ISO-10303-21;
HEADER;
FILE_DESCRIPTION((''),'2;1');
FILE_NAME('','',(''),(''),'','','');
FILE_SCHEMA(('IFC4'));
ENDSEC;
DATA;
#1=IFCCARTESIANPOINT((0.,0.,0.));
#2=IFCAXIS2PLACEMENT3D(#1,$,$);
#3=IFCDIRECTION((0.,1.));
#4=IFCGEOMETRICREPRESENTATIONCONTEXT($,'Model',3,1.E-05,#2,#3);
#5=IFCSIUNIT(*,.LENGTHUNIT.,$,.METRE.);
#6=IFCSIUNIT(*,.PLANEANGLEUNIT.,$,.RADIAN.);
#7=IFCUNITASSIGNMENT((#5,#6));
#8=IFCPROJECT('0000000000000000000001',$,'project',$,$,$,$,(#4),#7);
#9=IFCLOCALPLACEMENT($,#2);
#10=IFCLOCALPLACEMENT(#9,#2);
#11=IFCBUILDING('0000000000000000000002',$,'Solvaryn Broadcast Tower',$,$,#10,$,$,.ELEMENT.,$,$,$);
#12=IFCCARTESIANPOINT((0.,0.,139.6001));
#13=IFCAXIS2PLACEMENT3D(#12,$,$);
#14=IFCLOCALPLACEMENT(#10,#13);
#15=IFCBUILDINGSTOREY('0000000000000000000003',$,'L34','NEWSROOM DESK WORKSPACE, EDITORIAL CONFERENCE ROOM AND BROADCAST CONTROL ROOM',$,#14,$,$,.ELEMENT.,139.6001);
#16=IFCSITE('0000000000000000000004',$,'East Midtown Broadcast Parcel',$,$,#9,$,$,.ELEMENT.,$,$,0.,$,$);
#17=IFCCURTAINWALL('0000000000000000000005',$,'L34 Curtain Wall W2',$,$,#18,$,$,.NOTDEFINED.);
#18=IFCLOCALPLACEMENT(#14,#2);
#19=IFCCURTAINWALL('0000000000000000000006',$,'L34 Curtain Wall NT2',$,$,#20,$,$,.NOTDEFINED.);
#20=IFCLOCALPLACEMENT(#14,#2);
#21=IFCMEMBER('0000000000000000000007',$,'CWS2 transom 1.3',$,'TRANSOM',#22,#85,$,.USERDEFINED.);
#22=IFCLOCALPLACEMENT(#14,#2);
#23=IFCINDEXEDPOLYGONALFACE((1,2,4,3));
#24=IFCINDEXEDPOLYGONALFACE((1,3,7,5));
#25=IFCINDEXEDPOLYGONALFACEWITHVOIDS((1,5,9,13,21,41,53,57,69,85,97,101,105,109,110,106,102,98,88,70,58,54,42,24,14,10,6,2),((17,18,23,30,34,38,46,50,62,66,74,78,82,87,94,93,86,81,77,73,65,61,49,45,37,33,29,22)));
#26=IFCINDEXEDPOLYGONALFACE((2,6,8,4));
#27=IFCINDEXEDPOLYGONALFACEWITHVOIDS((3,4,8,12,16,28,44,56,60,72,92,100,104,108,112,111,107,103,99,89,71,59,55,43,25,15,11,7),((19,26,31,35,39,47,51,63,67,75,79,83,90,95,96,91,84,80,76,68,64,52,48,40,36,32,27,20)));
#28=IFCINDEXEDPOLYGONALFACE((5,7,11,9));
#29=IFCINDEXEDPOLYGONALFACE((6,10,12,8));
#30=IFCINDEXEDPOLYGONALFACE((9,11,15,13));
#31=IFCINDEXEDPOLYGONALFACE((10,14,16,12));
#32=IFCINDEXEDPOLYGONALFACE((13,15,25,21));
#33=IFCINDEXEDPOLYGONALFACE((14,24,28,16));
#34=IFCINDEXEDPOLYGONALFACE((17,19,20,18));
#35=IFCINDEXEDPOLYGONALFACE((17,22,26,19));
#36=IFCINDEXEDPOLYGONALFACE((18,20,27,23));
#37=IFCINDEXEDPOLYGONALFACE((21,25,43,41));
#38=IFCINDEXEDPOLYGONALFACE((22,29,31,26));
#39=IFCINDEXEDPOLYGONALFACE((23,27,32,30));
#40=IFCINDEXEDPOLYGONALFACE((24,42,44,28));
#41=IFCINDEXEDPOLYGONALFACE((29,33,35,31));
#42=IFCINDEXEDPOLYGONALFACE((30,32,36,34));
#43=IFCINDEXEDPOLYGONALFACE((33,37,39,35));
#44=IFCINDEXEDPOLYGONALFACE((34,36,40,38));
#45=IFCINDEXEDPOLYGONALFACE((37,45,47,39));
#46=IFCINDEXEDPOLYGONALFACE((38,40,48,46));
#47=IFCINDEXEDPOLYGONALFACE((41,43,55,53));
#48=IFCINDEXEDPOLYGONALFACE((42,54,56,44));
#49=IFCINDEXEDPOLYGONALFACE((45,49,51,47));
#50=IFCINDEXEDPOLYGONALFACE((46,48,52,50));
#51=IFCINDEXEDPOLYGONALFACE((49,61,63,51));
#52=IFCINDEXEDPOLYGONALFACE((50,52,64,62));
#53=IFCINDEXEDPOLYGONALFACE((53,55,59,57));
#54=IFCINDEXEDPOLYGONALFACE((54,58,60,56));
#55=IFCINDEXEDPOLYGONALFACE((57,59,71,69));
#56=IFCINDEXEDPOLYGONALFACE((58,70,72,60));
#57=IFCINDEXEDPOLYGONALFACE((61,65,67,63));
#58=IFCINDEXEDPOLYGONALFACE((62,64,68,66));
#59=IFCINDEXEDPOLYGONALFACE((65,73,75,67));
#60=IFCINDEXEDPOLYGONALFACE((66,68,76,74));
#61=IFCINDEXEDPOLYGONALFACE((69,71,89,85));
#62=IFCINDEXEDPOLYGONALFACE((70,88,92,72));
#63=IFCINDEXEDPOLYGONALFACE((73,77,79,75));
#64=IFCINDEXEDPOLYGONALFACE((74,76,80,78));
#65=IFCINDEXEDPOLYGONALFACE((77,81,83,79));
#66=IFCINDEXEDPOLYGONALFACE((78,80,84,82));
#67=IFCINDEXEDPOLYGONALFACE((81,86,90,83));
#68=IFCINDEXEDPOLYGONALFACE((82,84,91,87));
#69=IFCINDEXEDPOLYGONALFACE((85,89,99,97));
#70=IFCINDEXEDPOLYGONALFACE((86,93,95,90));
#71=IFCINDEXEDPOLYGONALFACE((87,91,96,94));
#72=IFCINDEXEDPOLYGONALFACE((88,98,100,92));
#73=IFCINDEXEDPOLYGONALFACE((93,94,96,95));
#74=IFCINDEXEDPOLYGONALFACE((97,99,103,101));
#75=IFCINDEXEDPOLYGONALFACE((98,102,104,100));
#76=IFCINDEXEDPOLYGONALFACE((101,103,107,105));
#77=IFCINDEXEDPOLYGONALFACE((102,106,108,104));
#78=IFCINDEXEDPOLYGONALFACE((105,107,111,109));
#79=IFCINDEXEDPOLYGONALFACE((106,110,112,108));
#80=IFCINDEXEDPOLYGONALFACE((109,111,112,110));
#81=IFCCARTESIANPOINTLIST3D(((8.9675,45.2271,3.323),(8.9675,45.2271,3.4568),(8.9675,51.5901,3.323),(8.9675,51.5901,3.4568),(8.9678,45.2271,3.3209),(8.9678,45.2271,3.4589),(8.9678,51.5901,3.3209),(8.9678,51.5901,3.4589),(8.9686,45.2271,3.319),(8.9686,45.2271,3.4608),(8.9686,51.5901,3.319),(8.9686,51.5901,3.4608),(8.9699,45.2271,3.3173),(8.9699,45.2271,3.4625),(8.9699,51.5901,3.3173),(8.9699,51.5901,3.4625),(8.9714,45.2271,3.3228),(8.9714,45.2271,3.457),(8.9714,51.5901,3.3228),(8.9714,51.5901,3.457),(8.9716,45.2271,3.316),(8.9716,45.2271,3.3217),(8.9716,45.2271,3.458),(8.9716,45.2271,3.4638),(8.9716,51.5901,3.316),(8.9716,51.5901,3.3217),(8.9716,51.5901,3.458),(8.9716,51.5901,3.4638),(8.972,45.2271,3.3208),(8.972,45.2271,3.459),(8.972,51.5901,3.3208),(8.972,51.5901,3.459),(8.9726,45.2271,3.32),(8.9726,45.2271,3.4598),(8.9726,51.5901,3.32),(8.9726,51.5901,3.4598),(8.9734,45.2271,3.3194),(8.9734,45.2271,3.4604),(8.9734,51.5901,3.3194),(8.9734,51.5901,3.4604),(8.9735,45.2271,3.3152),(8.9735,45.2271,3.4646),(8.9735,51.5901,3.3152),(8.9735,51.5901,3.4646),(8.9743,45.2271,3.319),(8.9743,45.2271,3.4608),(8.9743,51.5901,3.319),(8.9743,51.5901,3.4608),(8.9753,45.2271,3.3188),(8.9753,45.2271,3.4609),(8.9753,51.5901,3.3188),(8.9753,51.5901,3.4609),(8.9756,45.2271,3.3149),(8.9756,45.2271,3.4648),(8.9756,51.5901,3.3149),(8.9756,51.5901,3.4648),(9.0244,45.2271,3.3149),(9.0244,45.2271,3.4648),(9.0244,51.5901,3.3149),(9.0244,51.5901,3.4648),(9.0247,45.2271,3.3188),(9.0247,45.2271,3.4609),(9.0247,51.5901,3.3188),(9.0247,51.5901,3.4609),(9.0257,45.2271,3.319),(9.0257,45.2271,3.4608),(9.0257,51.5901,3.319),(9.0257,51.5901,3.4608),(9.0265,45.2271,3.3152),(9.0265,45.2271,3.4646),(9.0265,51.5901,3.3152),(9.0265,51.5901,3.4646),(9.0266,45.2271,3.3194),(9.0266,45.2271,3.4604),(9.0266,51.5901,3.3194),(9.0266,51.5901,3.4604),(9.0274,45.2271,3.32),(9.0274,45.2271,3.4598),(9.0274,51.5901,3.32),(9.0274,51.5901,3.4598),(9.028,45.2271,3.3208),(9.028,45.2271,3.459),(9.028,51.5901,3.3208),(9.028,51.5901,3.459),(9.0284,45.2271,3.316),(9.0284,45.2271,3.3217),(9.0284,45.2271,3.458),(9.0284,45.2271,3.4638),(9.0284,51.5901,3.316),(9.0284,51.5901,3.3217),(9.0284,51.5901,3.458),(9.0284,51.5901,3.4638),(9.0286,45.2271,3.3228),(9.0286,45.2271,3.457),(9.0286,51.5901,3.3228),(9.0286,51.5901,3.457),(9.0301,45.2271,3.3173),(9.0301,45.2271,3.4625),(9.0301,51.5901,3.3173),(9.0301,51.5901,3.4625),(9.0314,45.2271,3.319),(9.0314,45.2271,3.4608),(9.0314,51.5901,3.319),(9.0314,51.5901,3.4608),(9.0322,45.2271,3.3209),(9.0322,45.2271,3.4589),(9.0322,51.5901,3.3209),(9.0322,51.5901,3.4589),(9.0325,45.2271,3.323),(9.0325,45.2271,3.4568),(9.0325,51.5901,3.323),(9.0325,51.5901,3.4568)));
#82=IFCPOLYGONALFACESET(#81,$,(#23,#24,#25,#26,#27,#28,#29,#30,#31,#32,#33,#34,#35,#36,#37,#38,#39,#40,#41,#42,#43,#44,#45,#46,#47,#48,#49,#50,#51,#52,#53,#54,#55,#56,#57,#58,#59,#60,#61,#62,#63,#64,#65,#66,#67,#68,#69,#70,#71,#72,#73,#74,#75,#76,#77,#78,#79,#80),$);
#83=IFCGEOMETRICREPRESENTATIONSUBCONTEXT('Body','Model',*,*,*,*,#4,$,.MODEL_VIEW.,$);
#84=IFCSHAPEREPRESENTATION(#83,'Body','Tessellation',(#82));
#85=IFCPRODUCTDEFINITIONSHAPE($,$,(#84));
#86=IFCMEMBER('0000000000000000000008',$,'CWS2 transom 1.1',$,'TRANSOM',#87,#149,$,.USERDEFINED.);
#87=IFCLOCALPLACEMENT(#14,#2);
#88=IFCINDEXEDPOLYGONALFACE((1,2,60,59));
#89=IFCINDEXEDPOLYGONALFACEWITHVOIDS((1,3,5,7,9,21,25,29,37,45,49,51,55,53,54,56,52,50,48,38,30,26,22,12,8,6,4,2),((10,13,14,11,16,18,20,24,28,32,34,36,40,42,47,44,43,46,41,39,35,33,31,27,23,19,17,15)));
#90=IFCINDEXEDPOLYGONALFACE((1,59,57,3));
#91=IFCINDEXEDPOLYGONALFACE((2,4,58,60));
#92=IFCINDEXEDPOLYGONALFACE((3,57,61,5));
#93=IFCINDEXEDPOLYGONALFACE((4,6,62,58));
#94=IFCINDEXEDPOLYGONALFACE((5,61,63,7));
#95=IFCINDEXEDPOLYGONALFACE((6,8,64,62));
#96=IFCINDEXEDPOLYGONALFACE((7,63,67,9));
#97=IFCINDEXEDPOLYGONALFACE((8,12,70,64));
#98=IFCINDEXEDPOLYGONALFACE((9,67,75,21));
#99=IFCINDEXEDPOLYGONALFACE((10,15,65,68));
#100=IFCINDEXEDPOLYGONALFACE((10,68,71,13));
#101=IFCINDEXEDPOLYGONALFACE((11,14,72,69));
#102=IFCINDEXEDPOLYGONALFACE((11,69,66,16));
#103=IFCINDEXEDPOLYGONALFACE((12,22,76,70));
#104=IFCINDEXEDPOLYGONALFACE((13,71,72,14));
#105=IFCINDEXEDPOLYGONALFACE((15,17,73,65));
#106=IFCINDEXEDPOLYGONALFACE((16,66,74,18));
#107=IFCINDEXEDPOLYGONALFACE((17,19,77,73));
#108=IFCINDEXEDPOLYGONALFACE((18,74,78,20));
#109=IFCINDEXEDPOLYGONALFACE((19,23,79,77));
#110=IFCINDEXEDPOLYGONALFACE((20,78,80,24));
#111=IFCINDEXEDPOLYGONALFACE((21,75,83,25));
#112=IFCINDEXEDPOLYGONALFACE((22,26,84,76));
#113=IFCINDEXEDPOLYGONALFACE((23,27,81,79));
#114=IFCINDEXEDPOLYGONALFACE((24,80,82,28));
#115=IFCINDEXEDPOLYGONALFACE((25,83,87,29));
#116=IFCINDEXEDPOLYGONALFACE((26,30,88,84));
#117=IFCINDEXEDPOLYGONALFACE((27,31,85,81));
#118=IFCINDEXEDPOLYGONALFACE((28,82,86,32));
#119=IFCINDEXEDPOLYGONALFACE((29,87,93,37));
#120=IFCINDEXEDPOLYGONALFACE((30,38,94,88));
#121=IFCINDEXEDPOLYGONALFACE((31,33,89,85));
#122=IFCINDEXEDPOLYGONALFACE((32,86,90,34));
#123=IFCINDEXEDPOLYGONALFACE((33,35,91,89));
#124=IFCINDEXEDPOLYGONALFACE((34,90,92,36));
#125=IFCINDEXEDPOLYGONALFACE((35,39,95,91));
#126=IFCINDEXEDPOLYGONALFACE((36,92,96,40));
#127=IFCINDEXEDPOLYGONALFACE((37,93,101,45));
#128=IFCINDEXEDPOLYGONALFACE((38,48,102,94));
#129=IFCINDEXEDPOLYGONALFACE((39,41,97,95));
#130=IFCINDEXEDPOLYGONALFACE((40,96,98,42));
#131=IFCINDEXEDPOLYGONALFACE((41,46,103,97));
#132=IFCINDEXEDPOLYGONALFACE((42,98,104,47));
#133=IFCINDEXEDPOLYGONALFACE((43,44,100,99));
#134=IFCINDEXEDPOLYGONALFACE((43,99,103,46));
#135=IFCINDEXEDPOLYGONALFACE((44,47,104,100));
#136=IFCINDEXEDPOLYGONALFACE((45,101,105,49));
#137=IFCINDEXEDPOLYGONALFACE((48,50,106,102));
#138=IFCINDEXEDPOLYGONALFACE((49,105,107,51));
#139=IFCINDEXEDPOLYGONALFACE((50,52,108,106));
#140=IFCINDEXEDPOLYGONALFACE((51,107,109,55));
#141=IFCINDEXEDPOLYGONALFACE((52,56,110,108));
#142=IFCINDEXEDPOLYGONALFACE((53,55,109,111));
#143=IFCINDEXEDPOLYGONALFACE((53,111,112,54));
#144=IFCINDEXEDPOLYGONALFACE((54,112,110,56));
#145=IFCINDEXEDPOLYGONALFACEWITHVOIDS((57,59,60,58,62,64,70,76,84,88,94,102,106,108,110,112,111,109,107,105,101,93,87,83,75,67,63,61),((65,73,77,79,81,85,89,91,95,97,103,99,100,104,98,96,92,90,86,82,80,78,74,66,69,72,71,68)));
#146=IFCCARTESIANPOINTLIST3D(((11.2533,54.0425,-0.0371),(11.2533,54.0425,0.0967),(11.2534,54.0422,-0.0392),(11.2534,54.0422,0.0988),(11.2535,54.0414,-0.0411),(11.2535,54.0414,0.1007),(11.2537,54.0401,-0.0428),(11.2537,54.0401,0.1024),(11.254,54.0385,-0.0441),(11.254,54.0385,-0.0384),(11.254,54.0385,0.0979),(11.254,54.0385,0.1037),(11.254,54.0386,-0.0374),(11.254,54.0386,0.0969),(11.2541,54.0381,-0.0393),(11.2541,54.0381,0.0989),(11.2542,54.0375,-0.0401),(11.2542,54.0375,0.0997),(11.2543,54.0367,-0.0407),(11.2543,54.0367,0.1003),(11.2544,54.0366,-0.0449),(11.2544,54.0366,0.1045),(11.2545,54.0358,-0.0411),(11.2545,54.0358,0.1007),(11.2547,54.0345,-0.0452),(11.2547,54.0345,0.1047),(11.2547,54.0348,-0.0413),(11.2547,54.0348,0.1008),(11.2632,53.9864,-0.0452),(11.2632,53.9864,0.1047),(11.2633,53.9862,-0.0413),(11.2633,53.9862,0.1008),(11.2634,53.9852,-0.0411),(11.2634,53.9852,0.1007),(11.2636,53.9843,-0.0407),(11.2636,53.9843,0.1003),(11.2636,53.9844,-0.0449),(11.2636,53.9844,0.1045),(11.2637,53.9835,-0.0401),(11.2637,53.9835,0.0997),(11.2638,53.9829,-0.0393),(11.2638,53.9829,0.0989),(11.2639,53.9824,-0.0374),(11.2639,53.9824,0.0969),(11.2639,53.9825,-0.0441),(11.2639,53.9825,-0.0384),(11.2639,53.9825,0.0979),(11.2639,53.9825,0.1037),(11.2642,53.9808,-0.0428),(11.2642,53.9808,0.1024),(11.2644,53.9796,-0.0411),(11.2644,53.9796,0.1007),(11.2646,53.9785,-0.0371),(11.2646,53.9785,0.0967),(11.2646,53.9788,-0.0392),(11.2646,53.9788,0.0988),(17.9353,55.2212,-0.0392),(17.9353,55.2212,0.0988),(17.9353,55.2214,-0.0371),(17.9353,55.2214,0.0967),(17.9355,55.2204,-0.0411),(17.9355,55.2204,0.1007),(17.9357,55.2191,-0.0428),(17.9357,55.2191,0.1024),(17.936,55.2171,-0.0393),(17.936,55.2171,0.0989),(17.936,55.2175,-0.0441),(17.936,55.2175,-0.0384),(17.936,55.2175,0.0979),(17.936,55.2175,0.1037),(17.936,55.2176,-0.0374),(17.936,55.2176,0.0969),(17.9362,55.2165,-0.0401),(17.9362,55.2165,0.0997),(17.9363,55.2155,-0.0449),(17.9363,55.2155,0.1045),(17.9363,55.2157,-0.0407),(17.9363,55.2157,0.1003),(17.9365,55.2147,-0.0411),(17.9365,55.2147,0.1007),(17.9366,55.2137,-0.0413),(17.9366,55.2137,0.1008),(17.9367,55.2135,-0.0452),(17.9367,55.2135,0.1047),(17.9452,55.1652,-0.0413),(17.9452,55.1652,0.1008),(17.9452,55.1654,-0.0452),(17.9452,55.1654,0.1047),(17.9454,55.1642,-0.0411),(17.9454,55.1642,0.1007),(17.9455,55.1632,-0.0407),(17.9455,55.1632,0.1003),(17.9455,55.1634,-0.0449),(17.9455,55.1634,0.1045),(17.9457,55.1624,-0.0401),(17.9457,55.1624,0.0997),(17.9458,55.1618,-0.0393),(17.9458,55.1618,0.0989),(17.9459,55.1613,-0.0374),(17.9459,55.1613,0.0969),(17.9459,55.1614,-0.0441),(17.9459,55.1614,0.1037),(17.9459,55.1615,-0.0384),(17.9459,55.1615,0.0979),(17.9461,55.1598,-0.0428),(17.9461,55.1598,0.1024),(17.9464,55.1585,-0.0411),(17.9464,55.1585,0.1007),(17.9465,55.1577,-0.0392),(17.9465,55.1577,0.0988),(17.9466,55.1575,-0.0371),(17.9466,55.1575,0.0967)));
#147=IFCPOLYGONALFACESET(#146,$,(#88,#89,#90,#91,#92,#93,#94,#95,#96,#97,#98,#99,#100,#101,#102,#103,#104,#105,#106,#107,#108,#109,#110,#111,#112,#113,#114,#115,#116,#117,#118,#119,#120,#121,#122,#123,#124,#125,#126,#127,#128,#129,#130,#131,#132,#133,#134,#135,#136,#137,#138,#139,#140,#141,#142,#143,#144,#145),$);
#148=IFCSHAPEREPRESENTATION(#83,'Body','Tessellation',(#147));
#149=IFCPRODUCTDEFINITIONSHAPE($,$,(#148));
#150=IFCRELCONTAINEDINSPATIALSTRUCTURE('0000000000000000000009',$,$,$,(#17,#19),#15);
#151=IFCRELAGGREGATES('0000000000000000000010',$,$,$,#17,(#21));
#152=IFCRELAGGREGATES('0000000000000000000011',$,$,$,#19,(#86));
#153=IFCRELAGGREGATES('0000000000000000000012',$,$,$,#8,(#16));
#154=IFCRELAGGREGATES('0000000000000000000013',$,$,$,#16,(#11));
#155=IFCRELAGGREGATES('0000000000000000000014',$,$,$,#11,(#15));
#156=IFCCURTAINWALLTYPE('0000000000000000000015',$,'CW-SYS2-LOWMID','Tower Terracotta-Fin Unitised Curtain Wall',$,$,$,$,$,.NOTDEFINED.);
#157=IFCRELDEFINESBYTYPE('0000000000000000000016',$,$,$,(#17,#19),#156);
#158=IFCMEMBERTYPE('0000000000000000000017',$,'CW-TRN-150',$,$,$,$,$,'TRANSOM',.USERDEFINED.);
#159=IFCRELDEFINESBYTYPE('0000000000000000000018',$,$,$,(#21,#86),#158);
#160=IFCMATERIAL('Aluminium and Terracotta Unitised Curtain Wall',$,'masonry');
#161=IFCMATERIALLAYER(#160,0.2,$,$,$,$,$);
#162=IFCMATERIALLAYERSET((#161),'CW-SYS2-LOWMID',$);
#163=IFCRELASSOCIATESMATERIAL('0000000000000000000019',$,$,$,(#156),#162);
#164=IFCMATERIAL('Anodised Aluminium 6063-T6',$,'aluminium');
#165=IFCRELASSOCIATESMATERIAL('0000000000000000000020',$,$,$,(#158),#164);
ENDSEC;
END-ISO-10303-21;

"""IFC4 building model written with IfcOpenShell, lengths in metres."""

from ifc_helpers import new_model, si_unit, direction, frame, origin, origin_2d, place, context, subcontext, project, spatial, hollow_rectangle, extrude, material, layer, layer_set, material_profile, profile_set, type_object, element, aggregate, save


model = new_model("IFC4")

# Units and contexts
model_context = context("Model", 3, precision=1e-05, world=origin(), true_north=direction((0.0, 1.0)))
body_context = subcontext(model_context, "Body", "Model", "MODEL_VIEW")
ifc_project = project(units=[si_unit("LENGTHUNIT", "METRE"), si_unit("PLANEANGLEUNIT", "RADIAN")], contexts=[model_context])

# Site, building, storey
site_placement = place(None, origin())
site = spatial("IfcSite", under=ifc_project, at=site_placement, Name="East Midtown Broadcast Parcel", CompositionType="ELEMENT", RefElevation=0.0)
building_placement = place(site_placement, origin())
building = spatial("IfcBuilding", under=site, at=building_placement, Name="Solvaryn Broadcast Tower", CompositionType="ELEMENT")
storey_placement = place(building_placement, frame((0.0, 0.0, 139.6001)))
storey = spatial("IfcBuildingStorey", under=building, at=storey_placement, Name="L34", Description="NEWSROOM DESK WORKSPACE, EDITORIAL CONFERENCE ROOM AND BROADCAST CONTROL ROOM", CompositionType="ELEMENT", Elevation=139.6001)

# Curtain wall
ifc_material_1 = material(Name="Aluminium and Terracotta Unitised Curtain Wall", Category="masonry")
ifc_layer_1 = layer(ifc_material_1, 0.2)
ifc_layer_set_1 = layer_set([ifc_layer_1], Name="CW-SYS2-LOWMID")
curtain_wall_type = type_object("IfcCurtainWallType", Name="CW-SYS2-LOWMID", Description="Tower Terracotta-Fin Unitised Curtain Wall", PredefinedType="NOTDEFINED", material=ifc_layer_set_1)
curtain_wall_1_placement = place(storey_placement, origin())
curtain_wall_1 = element("IfcCurtainWall", 1, at=curtain_wall_1_placement, inside=storey, type_object=curtain_wall_type, Name="L34 Curtain Wall W2", PredefinedType="NOTDEFINED")

# Curtain wall
curtain_wall_2_placement = place(storey_placement, origin())
curtain_wall_2 = element("IfcCurtainWall", 2, at=curtain_wall_2_placement, inside=storey, type_object=curtain_wall_type, Name="L34 Curtain Wall NT2", PredefinedType="NOTDEFINED")

# Members
ifc_material_2 = material(Name="Anodised Aluminium 6063-T6", Category="aluminium")
ifc_material_profile_1 = material_profile(ifc_material_2, hollow_rectangle(XDim=0.0649, YDim=0.1499, WallThickness=0.0039, InnerFilletRadius=0.0039, OuterFilletRadius=0.0081, at=origin_2d()))
ifc_profile_set_1 = profile_set([ifc_material_profile_1], Name="Anodised Aluminium 6063-T6")
member_type_1 = type_object("IfcMemberType", Name="CW-TRN-150", ElementType="TRANSOM", PredefinedType="USERDEFINED", material=ifc_profile_set_1)
member_1_placement = place(storey_placement, frame((9.0, 45.2271, 3.3899), z_axis=(0.0, 1.0, 0.0), x_axis=(-1.0, 0.0, 0.0)))
member_1 = element("IfcMember", 3, at=member_1_placement, type_object=member_type_1, Name="CWS2 transom 1.3", ObjectType="TRANSOM", PredefinedType="USERDEFINED", context=body_context, shape_type="SweptSolid", body=[
    extrude(hollow_rectangle(XDim=0.0649, YDim=0.1499, WallThickness=0.0039, InnerFilletRadius=0.0039, OuterFilletRadius=0.0081, at=origin_2d()), origin(), (0.0, 0.0, 1.0), 6.363),
])
member_2_placement = place(storey_placement, frame((17.9409, 55.1895, 0.0298), z_axis=(-0.984789, -0.173757, 0.0), x_axis=(0.173757, -0.984789, 0.0)))
member_2 = element("IfcMember", 4, at=member_2_placement, type_object=member_type_1, Name="CWS2 transom 1.1", ObjectType="TRANSOM", PredefinedType="USERDEFINED", context=body_context, shape_type="SweptSolid", body=[
    extrude(hollow_rectangle(XDim=0.0649, YDim=0.1499, WallThickness=0.0039, InnerFilletRadius=0.0039, OuterFilletRadius=0.0081, at=origin_2d()), origin(), (0.0, 0.0, 1.0), 6.7852),
])

aggregate(curtain_wall_1, [member_1])
aggregate(curtain_wall_2, [member_2])

save(model, "model.ifc")
